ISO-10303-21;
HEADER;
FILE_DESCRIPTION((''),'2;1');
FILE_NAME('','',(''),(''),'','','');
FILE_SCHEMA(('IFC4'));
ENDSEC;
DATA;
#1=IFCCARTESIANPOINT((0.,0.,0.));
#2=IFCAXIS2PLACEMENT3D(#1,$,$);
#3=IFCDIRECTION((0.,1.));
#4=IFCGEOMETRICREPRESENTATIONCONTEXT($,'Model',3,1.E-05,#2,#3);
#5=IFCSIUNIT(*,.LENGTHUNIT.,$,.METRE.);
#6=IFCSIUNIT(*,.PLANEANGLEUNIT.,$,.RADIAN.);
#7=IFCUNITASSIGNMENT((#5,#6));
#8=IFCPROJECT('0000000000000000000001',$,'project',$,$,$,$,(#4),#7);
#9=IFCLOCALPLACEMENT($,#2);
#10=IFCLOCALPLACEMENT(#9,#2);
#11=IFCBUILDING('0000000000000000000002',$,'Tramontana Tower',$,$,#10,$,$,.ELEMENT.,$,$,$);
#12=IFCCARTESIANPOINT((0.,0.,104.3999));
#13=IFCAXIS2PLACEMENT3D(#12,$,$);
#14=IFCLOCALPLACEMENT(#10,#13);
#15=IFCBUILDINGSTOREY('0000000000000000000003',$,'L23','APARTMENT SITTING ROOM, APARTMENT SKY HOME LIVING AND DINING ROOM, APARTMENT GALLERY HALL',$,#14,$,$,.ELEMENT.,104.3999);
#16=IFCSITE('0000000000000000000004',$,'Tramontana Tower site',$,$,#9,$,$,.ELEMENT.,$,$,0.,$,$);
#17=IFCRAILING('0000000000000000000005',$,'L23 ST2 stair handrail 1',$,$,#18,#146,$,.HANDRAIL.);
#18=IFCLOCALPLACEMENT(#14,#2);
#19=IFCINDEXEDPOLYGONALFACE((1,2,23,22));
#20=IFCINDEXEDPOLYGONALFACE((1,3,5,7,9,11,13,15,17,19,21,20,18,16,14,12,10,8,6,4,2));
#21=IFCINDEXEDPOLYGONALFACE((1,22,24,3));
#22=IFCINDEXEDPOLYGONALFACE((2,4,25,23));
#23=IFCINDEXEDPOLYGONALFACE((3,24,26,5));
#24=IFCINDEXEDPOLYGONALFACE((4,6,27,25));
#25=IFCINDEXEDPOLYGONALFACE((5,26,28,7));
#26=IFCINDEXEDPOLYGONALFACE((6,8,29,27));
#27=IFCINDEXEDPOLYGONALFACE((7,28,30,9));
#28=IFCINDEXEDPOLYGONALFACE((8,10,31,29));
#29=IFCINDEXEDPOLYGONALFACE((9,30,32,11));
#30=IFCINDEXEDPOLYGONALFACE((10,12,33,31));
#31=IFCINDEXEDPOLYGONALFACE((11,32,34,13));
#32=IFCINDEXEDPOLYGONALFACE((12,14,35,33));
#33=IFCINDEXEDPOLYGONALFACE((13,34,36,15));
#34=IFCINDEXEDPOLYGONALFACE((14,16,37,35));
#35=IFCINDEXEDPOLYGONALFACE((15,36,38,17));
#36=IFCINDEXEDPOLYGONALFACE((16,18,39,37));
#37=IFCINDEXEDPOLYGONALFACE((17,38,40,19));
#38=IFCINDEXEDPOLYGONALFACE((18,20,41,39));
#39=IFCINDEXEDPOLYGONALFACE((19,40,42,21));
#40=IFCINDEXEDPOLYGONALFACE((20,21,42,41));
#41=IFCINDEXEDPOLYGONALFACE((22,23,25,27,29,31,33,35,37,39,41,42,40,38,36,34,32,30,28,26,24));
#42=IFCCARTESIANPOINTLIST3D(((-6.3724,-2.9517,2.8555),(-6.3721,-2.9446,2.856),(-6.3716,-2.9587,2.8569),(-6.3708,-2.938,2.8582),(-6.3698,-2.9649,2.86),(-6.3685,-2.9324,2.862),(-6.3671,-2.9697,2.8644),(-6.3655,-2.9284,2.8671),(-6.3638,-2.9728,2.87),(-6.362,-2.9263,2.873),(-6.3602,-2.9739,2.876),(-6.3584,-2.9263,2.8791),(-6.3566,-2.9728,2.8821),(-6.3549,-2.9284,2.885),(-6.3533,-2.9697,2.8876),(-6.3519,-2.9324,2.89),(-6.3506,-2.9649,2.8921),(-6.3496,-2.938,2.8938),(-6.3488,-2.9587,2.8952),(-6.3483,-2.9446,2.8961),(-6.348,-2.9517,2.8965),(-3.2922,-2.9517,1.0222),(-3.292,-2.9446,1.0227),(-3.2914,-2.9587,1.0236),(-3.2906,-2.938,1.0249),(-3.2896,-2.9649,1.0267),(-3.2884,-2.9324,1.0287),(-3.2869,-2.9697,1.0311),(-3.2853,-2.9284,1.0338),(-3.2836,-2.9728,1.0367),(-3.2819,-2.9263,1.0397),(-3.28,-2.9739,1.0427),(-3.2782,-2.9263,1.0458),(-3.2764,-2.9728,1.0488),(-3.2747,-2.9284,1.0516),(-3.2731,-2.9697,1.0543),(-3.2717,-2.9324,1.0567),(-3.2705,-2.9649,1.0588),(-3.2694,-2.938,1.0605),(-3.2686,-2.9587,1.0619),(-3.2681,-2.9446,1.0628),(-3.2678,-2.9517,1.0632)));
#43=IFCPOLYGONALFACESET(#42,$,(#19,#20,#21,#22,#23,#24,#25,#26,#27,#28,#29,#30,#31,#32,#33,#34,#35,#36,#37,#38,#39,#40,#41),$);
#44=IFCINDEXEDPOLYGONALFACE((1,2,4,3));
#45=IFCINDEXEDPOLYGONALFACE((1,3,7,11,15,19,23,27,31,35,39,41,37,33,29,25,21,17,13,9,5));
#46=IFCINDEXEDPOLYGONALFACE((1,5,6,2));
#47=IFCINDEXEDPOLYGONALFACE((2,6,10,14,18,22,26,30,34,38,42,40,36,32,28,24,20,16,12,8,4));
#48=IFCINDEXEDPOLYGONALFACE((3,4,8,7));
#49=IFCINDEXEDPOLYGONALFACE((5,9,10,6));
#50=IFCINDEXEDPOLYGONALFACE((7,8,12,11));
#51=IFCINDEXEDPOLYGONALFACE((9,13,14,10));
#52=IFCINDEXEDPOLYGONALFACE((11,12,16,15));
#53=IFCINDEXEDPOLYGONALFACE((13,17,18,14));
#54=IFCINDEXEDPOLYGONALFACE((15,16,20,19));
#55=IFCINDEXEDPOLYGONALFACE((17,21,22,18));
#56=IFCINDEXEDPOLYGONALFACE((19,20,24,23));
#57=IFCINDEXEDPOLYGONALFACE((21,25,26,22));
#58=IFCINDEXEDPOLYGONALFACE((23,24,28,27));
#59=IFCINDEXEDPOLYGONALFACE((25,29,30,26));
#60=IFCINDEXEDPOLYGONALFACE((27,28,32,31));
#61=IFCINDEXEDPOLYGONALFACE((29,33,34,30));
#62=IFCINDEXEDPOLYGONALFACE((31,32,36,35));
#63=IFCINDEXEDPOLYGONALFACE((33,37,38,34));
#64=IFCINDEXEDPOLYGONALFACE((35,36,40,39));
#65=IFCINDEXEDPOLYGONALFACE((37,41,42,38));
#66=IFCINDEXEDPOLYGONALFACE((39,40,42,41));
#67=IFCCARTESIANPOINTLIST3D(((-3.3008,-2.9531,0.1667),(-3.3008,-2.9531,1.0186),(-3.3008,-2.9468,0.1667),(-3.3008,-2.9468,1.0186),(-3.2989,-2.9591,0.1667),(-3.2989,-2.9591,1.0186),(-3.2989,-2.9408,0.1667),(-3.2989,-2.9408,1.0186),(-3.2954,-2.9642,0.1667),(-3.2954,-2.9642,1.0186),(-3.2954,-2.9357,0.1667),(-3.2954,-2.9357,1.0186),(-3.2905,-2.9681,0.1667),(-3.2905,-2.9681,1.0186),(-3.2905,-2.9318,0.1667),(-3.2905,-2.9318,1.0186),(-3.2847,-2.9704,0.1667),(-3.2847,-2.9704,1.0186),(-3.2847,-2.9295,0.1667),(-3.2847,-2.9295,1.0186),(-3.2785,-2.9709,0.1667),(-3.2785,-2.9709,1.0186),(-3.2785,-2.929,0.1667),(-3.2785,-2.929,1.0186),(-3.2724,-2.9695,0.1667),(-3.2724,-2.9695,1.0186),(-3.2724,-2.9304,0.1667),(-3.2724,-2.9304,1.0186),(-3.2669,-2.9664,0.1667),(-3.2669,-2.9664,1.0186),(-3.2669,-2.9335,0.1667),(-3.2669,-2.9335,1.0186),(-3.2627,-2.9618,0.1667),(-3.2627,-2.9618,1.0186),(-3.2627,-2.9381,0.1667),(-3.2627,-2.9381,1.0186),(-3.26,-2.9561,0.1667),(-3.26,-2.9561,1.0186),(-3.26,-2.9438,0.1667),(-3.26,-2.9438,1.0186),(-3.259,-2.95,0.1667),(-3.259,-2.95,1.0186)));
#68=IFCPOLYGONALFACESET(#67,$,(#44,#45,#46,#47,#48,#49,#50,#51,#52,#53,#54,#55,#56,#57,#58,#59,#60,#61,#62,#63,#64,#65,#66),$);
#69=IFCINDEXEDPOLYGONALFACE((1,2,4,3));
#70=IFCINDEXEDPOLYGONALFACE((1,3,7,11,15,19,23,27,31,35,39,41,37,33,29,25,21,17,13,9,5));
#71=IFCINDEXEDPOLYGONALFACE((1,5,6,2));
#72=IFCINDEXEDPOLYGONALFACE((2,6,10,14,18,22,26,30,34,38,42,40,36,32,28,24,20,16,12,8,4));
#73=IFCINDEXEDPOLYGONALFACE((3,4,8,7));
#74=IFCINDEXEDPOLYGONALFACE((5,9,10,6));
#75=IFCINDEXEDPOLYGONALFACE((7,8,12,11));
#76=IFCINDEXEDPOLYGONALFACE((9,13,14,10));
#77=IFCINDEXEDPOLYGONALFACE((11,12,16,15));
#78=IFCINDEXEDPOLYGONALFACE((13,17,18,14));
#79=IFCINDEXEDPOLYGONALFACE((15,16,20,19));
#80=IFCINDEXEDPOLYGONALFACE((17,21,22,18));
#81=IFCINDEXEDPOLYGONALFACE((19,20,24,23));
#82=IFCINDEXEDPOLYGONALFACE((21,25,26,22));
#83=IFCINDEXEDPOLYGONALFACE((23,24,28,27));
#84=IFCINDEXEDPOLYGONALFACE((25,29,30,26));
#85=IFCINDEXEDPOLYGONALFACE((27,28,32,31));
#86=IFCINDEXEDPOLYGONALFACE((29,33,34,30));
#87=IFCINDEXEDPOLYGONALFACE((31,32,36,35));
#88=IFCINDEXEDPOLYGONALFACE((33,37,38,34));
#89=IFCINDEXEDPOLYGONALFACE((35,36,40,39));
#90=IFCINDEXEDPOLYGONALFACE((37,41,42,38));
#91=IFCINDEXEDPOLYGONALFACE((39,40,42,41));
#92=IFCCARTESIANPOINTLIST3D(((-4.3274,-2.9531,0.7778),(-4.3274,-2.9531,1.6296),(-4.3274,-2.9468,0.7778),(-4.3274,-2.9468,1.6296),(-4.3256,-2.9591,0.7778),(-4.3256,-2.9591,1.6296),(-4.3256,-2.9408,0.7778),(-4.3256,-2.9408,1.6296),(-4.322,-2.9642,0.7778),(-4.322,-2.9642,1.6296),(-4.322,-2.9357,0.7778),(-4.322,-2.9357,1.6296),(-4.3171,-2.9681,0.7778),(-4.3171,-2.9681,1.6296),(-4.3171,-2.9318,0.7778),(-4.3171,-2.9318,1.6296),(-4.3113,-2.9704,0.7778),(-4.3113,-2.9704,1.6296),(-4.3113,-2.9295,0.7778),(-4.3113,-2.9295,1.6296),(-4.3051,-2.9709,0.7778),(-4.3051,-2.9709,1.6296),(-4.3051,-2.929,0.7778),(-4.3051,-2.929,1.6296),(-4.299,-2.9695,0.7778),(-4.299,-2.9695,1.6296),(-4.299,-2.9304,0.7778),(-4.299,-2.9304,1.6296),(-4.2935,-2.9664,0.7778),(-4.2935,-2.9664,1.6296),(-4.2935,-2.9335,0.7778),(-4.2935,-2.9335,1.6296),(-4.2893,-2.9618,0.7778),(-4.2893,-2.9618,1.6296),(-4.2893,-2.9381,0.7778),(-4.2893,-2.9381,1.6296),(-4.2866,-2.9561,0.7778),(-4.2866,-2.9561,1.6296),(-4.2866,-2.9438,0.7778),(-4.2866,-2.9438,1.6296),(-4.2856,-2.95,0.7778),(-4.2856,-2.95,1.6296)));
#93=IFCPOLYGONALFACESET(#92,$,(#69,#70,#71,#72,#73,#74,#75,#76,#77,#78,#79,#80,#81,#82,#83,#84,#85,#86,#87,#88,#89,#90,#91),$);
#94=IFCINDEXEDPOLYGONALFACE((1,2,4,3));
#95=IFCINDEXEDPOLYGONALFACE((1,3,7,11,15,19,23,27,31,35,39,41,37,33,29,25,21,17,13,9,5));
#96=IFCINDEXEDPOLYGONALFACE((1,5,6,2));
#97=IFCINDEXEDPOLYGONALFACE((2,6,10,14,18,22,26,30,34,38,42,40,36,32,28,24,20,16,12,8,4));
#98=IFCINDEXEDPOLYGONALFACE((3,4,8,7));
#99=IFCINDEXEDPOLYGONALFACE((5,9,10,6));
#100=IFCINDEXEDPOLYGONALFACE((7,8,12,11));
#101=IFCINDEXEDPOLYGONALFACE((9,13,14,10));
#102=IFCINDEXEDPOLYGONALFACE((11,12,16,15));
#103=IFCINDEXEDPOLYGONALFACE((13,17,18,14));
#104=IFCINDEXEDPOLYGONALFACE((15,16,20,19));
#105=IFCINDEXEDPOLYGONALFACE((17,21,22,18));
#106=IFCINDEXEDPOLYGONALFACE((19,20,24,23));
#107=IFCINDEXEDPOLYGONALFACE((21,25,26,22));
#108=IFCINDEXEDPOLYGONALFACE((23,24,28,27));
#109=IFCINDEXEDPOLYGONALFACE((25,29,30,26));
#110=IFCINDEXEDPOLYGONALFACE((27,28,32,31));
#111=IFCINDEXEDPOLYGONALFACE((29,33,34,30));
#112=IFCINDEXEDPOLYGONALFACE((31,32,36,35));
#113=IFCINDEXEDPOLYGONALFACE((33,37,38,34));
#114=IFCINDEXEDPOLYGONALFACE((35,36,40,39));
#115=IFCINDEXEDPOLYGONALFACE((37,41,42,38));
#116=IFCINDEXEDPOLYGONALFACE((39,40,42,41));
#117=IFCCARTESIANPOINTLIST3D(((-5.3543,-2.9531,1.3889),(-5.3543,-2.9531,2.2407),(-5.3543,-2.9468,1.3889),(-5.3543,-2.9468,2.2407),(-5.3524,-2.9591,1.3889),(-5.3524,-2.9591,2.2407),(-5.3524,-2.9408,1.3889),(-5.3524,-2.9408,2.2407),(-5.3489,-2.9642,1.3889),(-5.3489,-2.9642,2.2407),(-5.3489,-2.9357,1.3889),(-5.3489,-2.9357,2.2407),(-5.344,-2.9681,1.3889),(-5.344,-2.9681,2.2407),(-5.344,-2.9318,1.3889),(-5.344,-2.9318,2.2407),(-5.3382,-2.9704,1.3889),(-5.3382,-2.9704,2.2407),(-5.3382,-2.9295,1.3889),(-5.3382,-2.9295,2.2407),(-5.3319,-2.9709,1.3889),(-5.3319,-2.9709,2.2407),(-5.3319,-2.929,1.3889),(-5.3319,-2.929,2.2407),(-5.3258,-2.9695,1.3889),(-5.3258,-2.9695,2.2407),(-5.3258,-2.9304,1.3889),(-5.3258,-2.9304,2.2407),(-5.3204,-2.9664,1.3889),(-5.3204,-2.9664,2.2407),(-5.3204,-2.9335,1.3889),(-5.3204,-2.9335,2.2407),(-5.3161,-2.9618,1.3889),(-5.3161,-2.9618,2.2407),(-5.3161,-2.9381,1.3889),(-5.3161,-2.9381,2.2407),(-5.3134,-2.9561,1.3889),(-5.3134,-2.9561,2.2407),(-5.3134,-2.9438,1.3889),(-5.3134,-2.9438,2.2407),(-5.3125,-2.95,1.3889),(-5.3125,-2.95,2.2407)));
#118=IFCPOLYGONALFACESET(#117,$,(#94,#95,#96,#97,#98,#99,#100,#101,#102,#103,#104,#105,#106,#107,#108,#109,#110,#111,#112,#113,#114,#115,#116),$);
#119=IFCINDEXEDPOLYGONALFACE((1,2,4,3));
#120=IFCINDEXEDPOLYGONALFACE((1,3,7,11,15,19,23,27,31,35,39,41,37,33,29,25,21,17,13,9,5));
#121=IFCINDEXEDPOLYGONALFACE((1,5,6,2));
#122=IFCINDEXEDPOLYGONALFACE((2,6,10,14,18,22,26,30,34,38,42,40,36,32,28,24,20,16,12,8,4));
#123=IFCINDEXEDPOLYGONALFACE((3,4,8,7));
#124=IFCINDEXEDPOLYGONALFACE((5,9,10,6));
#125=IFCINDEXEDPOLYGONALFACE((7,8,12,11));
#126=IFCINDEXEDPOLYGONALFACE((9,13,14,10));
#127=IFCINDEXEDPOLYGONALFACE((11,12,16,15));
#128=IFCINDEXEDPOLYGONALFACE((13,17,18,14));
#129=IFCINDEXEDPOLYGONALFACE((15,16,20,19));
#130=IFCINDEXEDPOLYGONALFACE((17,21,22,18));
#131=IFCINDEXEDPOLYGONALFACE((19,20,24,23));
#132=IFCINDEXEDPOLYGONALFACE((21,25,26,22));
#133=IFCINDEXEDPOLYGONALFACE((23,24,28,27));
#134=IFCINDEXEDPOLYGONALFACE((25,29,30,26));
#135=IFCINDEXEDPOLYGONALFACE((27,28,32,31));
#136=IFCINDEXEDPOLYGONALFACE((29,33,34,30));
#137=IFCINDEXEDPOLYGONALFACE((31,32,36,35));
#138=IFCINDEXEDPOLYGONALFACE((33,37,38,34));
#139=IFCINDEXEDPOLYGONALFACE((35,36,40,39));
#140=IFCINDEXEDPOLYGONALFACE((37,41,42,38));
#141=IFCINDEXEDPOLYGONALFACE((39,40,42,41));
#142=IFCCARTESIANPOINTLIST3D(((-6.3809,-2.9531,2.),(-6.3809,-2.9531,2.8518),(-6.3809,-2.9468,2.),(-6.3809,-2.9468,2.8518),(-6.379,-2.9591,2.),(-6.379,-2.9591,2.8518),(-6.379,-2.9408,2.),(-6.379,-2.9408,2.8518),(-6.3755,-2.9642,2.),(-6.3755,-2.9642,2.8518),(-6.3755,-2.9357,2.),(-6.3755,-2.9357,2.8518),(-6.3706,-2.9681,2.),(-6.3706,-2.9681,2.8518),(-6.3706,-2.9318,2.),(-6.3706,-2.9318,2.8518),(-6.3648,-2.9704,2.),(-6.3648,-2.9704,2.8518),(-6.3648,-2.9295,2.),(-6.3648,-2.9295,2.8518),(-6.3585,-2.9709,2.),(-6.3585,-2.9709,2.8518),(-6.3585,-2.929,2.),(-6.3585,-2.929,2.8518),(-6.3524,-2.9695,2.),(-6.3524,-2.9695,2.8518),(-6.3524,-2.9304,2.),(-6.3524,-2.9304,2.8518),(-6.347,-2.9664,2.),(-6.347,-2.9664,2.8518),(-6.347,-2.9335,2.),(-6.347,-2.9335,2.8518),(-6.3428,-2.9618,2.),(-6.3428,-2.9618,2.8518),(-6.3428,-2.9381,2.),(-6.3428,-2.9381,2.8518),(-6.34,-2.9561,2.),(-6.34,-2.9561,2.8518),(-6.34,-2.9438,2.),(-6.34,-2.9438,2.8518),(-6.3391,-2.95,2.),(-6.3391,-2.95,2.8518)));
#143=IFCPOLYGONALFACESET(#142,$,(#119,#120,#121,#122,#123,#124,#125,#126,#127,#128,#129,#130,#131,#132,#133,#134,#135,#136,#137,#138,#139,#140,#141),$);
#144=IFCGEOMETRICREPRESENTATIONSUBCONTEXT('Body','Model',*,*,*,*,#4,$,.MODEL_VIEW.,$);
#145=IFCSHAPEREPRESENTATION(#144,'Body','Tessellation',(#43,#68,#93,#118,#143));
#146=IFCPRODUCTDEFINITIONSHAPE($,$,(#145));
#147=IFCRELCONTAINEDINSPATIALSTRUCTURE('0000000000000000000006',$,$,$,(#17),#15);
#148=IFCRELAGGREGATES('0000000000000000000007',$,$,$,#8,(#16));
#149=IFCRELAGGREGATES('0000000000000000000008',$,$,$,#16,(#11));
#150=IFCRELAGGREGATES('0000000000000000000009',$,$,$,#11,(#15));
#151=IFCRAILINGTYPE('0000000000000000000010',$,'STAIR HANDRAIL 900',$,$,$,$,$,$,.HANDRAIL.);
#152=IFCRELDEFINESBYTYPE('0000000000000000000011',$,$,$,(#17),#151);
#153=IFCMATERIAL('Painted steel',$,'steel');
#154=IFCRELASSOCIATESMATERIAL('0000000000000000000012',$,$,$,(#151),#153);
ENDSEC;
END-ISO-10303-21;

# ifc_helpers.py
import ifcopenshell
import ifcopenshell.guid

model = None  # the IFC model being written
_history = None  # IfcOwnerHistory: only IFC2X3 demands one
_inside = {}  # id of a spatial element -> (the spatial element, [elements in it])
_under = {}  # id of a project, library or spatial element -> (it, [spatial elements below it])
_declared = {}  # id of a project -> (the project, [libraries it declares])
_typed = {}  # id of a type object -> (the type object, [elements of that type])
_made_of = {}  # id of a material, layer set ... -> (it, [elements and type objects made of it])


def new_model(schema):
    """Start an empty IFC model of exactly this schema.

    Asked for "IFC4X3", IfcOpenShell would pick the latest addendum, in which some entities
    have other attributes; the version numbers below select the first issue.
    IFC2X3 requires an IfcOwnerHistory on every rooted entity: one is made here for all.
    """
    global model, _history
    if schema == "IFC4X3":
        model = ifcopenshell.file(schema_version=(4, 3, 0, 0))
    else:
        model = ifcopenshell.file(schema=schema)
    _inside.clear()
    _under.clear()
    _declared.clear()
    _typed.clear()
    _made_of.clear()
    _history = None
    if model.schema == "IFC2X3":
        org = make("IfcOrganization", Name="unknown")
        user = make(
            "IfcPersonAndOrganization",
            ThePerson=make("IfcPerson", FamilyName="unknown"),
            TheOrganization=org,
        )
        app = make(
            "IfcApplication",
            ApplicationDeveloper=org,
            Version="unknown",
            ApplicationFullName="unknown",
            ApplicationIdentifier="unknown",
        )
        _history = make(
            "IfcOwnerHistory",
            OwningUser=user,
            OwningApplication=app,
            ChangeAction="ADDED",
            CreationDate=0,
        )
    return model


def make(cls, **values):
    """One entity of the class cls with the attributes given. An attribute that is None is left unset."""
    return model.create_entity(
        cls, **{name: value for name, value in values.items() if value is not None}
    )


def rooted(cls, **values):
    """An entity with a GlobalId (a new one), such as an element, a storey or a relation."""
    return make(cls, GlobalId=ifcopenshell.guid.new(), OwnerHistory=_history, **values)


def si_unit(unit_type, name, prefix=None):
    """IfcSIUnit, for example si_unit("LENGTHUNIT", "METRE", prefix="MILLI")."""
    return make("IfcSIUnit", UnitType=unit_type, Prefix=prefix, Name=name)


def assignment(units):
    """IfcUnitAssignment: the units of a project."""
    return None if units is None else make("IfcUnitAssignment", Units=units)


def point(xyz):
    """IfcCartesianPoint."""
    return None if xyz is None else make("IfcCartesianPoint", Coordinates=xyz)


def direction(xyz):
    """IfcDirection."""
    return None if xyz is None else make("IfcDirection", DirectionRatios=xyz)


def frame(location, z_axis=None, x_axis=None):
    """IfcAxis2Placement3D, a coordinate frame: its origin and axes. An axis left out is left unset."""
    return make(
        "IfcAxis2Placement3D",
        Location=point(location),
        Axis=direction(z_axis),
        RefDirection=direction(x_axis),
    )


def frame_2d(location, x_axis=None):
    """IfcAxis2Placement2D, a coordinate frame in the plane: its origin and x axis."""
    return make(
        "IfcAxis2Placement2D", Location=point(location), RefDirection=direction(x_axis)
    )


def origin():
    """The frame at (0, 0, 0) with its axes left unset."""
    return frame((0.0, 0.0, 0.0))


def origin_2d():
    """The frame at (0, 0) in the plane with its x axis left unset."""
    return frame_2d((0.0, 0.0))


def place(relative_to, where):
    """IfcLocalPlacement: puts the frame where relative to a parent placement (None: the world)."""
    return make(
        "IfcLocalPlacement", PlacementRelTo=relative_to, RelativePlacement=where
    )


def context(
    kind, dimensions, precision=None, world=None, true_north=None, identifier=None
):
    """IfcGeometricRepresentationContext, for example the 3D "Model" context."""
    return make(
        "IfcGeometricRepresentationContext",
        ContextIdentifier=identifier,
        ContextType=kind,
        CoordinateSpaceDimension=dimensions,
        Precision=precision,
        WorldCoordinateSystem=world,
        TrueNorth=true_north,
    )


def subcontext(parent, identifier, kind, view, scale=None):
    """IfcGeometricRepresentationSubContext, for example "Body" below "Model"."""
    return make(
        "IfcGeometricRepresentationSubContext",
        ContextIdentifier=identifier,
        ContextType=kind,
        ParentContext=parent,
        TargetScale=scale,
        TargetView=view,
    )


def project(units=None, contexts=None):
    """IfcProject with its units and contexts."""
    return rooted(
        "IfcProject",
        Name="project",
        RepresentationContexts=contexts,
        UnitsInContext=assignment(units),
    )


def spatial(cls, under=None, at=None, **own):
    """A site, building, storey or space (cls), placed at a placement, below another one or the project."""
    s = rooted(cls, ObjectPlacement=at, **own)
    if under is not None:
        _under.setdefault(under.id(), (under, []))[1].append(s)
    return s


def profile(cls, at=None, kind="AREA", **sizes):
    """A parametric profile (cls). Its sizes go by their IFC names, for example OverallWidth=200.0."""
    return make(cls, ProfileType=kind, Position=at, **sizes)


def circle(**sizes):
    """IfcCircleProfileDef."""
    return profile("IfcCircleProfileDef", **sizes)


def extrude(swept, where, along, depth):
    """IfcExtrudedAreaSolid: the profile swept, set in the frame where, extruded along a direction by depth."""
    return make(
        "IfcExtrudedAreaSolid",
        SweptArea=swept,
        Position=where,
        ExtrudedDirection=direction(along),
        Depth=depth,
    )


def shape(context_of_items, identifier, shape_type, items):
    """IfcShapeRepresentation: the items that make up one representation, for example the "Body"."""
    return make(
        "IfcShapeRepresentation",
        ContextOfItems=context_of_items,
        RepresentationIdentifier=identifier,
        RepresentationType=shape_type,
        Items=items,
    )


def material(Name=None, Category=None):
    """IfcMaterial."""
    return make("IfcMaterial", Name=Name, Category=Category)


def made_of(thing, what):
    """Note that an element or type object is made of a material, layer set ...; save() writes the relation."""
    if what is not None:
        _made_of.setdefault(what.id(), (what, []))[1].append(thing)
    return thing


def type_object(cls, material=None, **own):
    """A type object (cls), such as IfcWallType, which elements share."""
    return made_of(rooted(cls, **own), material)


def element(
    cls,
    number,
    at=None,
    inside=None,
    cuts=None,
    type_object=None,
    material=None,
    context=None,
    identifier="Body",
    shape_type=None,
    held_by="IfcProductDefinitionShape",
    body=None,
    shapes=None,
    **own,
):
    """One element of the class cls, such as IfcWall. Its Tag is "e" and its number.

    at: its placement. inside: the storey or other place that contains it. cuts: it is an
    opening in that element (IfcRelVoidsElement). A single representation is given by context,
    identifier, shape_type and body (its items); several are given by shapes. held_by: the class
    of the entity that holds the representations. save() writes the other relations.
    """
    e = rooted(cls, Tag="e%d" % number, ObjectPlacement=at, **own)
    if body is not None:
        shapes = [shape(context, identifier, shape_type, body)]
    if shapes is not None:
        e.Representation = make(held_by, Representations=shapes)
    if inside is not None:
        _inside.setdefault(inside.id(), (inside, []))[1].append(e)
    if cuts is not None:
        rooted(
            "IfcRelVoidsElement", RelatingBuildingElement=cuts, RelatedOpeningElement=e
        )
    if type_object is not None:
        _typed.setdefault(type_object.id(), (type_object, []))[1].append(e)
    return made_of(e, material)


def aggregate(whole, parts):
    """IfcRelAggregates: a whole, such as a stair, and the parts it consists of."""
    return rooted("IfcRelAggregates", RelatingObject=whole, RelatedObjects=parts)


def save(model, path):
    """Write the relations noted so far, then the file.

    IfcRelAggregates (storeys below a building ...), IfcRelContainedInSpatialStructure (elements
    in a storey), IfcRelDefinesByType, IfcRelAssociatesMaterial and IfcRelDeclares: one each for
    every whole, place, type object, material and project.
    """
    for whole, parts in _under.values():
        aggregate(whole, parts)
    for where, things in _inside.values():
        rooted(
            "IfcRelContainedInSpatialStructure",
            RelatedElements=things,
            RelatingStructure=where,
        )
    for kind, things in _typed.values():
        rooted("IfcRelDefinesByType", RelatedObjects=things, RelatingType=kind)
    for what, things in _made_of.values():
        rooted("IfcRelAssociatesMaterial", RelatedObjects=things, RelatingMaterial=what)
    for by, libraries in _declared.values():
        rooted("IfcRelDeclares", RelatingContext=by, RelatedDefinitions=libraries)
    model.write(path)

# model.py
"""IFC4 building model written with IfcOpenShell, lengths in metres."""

from ifc_helpers import new_model, si_unit, direction, frame, origin, origin_2d, place, context, subcontext, project, spatial, circle, extrude, material, type_object, element, save


model = new_model("IFC4")

# Units and contexts
model_context = context("Model", 3, precision=1e-05, world=origin(), true_north=direction((0.0, 1.0)))
body_context = subcontext(model_context, "Body", "Model", "MODEL_VIEW")
ifc_project = project(units=[si_unit("LENGTHUNIT", "METRE"), si_unit("PLANEANGLEUNIT", "RADIAN")], contexts=[model_context])

# Site, building, storey
site_placement = place(None, origin())
site = spatial("IfcSite", under=ifc_project, at=site_placement, Name="Tramontana Tower site", CompositionType="ELEMENT", RefElevation=0.0)
building_placement = place(site_placement, origin())
building = spatial("IfcBuilding", under=site, at=building_placement, Name="Tramontana Tower", CompositionType="ELEMENT")
storey_placement = place(building_placement, frame((0.0, 0.0, 104.3999)))
storey = spatial("IfcBuildingStorey", under=building, at=storey_placement, Name="L23", Description="APARTMENT SITTING ROOM, APARTMENT SKY HOME LIVING AND DINING ROOM, APARTMENT GALLERY HALL", CompositionType="ELEMENT", Elevation=104.3999)

# Railing
ifc_material_1 = material(Name="Painted steel", Category="steel")
railing_type_1 = type_object("IfcRailingType", Name="STAIR HANDRAIL 900", PredefinedType="HANDRAIL", material=ifc_material_1)
railing_1_placement = place(storey_placement, frame((-3.28, -2.95, 0.1667)))
element("IfcRailing", 1, at=railing_1_placement, inside=storey, type_object=railing_type_1, Name="L23 ST2 stair handrail 1", PredefinedType="HANDRAIL", context=body_context, shape_type="SweptSolid", body=[
    extrude(circle(Radius=0.0239, at=origin_2d()), frame((0.0, 0.0, 0.876), z_axis=(-0.859309, 0.0, 0.511458), x_axis=(0.0, -1.0, 0.0)), (0.0, 0.0, 1.0), 3.5845),
    extrude(circle(Radius=0.021, at=origin_2d()), origin(), (0.0, 0.0, 1.0), 0.8518),
    extrude(circle(Radius=0.021, at=origin_2d()), frame((-1.0266, 0.0, 0.6111)), (0.0, 0.0, 1.0), 0.8518),
    extrude(circle(Radius=0.021, at=origin_2d()), frame((-2.0535, 0.0, 1.2222)), (0.0, 0.0, 1.0), 0.8518),
    extrude(circle(Radius=0.021, at=origin_2d()), frame((-3.0801, 0.0, 1.8333)), (0.0, 0.0, 1.0), 0.8518),
])

save(model, "model.ifc")
